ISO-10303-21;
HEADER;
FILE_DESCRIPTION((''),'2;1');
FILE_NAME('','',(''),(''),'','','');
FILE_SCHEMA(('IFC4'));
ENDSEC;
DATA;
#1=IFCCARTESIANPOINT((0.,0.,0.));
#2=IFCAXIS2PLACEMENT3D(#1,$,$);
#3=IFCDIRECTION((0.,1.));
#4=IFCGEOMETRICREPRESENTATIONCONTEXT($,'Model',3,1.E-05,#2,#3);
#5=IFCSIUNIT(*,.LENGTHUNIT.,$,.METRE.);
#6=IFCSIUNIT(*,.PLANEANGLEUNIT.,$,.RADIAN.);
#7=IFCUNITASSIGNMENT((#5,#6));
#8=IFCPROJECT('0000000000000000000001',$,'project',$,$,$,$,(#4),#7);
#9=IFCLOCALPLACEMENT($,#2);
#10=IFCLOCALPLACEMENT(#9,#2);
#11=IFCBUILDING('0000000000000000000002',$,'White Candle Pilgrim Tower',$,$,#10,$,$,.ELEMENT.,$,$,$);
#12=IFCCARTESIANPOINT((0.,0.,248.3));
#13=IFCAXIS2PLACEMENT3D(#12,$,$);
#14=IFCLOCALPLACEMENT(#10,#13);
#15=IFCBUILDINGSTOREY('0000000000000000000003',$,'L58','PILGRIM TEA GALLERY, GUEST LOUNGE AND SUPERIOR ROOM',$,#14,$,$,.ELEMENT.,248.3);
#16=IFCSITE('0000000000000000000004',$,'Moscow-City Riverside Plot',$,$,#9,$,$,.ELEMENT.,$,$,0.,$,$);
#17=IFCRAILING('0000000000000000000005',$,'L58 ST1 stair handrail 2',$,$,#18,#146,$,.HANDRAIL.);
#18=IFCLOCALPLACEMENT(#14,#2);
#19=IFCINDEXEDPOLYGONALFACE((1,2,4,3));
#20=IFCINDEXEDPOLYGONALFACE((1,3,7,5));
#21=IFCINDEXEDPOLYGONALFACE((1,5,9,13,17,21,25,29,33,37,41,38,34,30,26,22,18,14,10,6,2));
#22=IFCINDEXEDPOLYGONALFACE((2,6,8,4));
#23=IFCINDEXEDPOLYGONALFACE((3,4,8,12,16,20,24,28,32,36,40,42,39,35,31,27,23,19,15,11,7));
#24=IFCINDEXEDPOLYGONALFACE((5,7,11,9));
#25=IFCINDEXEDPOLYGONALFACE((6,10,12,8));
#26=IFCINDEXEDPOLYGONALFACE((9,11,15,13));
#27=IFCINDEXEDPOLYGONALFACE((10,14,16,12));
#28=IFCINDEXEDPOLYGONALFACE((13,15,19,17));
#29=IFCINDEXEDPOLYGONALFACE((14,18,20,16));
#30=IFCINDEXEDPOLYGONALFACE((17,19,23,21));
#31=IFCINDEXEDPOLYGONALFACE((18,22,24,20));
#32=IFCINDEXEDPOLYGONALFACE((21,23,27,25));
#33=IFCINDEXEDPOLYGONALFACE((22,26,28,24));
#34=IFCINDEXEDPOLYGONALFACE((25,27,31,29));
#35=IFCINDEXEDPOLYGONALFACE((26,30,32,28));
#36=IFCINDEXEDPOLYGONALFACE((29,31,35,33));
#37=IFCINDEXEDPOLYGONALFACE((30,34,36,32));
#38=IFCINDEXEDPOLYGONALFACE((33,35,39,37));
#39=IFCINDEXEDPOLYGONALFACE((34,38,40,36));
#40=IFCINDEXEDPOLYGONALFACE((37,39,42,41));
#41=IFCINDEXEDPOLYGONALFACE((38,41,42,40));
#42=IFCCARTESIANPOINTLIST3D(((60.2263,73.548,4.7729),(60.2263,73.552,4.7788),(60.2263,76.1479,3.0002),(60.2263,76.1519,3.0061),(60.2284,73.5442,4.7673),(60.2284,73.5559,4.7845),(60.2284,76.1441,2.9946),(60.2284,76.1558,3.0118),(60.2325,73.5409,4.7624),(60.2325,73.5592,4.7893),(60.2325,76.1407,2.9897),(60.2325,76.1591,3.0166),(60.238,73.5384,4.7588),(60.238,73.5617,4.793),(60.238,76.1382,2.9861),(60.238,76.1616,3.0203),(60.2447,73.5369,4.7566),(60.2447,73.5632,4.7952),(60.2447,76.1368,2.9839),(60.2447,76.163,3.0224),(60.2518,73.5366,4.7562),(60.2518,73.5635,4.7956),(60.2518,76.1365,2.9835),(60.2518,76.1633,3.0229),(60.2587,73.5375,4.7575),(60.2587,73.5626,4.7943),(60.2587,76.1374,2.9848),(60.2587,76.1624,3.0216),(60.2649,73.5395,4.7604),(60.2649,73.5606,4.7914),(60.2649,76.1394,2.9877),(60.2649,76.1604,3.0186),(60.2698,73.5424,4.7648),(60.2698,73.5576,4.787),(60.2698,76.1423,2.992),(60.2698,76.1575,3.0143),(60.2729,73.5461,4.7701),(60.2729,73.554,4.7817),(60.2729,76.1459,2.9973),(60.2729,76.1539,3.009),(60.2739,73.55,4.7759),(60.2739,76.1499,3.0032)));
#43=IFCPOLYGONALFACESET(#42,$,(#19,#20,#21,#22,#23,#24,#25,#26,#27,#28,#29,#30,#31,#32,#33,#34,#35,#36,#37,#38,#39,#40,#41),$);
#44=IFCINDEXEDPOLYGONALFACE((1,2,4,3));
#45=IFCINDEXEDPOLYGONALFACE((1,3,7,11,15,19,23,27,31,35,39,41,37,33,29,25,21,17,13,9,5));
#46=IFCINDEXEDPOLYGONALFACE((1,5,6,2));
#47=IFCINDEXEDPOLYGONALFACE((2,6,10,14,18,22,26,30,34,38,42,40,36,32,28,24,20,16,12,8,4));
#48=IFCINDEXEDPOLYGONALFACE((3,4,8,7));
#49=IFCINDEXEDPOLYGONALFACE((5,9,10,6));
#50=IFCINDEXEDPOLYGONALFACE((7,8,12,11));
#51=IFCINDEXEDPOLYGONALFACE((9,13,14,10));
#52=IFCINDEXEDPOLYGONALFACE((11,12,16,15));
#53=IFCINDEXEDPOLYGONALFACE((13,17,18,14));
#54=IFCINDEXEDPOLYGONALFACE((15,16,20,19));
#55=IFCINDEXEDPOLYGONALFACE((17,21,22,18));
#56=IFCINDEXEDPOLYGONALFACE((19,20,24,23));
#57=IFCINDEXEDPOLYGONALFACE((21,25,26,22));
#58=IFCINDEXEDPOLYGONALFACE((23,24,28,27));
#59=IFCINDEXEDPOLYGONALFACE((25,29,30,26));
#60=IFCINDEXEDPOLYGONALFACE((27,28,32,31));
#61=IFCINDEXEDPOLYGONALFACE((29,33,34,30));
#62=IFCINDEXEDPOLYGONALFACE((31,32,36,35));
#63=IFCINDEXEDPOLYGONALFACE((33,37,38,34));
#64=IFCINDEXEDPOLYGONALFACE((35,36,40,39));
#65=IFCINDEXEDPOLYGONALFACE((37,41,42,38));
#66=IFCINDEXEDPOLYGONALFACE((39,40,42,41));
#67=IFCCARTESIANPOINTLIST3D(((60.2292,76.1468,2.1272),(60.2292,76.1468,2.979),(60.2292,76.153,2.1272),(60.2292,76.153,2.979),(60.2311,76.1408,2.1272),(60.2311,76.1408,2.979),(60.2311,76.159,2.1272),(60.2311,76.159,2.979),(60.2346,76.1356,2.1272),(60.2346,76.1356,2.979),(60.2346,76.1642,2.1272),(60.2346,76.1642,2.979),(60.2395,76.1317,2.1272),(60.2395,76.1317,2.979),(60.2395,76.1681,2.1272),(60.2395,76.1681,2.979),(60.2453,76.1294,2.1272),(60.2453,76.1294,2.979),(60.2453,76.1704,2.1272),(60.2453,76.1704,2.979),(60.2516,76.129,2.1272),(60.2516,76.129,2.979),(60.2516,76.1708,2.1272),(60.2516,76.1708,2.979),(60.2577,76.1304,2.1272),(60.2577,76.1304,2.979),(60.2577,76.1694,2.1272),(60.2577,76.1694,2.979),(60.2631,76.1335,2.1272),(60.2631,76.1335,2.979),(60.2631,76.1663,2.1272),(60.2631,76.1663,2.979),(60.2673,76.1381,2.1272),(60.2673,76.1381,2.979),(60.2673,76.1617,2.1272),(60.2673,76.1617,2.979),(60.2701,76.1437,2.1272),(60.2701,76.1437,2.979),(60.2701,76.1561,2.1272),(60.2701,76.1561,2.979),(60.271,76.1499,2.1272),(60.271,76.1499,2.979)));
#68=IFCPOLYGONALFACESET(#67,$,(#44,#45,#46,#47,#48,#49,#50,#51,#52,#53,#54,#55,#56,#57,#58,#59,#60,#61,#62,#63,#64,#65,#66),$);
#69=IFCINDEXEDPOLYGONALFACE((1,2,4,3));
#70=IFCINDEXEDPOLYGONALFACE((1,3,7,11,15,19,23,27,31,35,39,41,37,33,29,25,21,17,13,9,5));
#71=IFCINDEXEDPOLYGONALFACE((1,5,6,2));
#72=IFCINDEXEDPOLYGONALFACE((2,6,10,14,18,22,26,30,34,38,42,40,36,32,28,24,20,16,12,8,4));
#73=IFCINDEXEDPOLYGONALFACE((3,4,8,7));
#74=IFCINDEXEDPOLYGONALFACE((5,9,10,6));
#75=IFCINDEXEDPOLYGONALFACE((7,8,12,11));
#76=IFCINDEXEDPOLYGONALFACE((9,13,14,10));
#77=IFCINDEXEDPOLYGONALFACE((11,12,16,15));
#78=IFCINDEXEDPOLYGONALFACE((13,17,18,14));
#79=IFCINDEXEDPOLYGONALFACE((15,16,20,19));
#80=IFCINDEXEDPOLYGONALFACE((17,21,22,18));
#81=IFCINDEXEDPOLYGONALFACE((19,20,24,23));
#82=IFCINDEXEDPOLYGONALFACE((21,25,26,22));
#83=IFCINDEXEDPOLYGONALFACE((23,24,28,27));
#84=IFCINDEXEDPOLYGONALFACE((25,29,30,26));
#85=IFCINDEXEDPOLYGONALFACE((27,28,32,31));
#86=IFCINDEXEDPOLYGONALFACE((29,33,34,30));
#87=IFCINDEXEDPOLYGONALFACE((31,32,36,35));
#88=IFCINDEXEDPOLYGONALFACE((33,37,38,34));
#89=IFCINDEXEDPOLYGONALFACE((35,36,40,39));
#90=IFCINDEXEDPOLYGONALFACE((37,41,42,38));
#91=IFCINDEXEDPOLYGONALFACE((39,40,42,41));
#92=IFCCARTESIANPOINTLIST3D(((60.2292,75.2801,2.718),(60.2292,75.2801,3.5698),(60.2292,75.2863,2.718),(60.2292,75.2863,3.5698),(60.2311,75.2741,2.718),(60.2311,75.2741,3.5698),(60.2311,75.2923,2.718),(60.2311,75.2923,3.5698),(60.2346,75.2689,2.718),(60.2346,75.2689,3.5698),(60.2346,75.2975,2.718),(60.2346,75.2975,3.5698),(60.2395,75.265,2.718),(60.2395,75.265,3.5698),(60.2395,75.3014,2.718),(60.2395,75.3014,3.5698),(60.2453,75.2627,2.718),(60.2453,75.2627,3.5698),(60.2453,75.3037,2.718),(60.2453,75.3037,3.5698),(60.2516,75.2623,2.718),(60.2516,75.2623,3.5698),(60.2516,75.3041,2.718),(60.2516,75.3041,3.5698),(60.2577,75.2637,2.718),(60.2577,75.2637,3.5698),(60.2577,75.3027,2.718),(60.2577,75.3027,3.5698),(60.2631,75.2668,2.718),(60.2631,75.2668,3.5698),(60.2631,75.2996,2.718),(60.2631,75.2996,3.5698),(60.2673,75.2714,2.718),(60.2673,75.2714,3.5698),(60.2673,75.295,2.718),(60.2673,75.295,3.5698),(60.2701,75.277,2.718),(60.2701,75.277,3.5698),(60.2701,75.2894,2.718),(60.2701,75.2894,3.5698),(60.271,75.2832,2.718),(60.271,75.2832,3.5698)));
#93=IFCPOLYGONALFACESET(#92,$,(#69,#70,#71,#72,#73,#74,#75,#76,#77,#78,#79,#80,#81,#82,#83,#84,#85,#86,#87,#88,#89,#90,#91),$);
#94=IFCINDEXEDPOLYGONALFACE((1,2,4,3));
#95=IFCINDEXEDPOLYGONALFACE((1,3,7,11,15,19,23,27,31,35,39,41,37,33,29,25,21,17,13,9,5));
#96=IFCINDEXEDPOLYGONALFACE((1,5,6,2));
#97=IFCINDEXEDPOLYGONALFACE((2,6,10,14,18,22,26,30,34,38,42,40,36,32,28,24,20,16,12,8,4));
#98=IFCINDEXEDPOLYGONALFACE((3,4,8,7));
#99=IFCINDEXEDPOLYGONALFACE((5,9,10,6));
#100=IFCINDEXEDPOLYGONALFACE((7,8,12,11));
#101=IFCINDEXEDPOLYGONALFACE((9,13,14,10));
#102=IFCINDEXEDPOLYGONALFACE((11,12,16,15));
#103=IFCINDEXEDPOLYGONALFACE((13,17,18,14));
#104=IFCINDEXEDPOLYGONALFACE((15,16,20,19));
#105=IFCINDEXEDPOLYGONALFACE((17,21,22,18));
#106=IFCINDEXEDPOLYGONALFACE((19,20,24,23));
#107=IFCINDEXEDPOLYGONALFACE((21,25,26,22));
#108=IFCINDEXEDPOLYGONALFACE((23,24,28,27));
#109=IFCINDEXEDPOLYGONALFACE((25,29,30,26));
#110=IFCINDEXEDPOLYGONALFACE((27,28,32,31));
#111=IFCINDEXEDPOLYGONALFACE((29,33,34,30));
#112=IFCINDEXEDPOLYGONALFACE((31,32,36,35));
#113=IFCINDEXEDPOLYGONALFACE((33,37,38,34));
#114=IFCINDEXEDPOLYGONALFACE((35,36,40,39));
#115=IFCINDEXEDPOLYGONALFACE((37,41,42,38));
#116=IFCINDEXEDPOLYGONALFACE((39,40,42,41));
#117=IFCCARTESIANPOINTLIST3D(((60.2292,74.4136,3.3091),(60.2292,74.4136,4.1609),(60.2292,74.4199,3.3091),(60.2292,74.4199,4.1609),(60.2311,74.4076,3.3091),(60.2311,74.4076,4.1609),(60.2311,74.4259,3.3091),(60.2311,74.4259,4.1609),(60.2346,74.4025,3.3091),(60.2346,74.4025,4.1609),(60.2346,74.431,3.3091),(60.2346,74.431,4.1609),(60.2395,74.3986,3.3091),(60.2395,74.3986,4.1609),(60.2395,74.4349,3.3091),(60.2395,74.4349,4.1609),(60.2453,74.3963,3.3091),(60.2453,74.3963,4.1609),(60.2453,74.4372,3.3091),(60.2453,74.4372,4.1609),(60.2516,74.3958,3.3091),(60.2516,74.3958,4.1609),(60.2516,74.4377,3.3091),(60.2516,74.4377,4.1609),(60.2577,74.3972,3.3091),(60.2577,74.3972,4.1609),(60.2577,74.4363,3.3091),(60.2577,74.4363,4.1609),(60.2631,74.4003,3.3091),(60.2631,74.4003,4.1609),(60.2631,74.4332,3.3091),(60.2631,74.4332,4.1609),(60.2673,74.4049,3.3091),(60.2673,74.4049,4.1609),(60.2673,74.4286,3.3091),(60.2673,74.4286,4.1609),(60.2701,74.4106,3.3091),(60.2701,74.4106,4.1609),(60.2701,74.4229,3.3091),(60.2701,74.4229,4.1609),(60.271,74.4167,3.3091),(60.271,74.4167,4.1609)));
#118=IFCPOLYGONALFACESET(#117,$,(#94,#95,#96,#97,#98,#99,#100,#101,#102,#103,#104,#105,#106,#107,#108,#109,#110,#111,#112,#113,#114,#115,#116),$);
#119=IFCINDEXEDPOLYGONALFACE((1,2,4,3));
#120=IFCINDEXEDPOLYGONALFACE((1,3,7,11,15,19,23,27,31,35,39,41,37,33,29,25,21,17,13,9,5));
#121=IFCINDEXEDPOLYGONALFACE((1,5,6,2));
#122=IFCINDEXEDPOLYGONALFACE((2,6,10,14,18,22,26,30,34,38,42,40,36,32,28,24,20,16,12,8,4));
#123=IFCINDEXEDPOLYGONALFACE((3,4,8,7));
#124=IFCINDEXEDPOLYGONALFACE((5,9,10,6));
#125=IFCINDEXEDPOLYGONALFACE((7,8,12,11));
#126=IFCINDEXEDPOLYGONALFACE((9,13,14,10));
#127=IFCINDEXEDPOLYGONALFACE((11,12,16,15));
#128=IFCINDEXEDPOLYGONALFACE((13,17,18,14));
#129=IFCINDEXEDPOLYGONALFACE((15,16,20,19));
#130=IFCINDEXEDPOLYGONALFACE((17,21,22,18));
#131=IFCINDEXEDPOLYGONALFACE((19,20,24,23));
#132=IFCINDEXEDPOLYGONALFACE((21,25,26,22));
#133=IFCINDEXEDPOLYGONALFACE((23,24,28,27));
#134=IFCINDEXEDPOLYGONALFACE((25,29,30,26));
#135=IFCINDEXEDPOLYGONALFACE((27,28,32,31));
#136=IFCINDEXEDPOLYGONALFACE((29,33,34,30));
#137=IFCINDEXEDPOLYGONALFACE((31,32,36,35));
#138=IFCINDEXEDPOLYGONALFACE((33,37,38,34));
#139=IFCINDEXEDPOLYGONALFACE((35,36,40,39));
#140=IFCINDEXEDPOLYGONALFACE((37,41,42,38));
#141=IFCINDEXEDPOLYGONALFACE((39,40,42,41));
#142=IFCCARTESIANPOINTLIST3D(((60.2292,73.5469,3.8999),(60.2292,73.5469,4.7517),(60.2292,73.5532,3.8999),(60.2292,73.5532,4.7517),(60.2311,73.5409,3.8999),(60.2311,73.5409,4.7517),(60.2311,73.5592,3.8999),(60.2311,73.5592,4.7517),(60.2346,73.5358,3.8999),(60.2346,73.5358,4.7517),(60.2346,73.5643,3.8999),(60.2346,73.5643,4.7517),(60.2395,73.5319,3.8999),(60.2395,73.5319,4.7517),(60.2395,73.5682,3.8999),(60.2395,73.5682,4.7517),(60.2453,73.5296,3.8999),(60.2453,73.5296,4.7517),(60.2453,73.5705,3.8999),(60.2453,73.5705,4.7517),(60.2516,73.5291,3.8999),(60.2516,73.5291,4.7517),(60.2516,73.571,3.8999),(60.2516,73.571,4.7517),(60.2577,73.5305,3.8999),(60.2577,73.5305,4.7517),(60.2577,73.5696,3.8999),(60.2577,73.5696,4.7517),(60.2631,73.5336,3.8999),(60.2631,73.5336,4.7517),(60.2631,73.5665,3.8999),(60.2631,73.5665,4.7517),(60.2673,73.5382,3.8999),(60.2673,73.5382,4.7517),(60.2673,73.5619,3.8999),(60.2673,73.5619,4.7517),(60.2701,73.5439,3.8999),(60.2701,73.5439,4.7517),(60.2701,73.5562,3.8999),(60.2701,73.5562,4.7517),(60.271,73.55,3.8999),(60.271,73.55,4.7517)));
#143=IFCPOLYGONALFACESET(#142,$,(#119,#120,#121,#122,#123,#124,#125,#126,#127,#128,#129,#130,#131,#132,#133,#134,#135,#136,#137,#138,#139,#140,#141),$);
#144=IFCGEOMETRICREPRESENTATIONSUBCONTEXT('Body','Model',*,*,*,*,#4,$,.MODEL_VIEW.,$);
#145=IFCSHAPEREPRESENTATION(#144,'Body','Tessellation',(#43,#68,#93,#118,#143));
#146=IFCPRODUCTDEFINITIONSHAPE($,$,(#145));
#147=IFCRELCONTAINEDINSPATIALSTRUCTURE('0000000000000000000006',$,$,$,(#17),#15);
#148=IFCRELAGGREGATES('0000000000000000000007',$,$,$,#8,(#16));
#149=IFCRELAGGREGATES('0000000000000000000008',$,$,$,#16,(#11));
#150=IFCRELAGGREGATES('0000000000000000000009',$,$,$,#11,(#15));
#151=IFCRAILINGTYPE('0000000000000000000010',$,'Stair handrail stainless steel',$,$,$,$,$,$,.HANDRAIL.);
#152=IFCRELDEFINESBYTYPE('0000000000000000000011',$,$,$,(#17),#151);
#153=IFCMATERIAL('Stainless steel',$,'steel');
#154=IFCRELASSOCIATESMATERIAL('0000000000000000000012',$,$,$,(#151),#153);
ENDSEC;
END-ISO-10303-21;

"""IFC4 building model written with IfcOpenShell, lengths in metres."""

from ifc_helpers import new_model, si_unit, direction, frame, origin, origin_2d, place, context, subcontext, project, spatial, circle, extrude, material, type_object, element, save


model = new_model("IFC4")

# Units and contexts
model_context = context("Model", 3, precision=1e-05, world=origin(), true_north=direction((0.0, 1.0)))
body_context = subcontext(model_context, "Body", "Model", "MODEL_VIEW")
ifc_project = project(units=[si_unit("LENGTHUNIT", "METRE"), si_unit("PLANEANGLEUNIT", "RADIAN")], contexts=[model_context])

# Site, building, storey
site_placement = place(None, origin())
site = spatial("IfcSite", under=ifc_project, at=site_placement, Name="Moscow-City Riverside Plot", CompositionType="ELEMENT", RefElevation=0.0)
building_placement = place(site_placement, origin())
building = spatial("IfcBuilding", under=site, at=building_placement, Name="White Candle Pilgrim Tower", CompositionType="ELEMENT")
storey_placement = place(building_placement, frame((0.0, 0.0, 248.3)))
storey = spatial("IfcBuildingStorey", under=building, at=storey_placement, Name="L58", Description="PILGRIM TEA GALLERY, GUEST LOUNGE AND SUPERIOR ROOM", CompositionType="ELEMENT", Elevation=248.3)

# Shared definitions
ifc_material_1 = material(Name="Stainless steel", Category="steel")

# Railing
railing_type_1 = type_object("IfcRailingType", Name="Stair handrail stainless steel", PredefinedType="HANDRAIL", material=ifc_material_1)
railing_1_placement = place(storey_placement, frame((60.25, 76.1499, 2.1272)))
element("IfcRailing", 1, at=railing_1_placement, inside=storey, type_object=railing_type_1, Name="L58 ST1 stair handrail 2", PredefinedType="HANDRAIL", context=body_context, shape_type="SweptSolid", body=[
    extrude(circle(Radius=0.0239, at=origin_2d()), frame((0.0, 0.0, 0.876), z_axis=(0.0, -0.826216, 0.563354), x_axis=(1.0, 0.0, 0.0)), (0.0, 0.0, 1.0), 3.1467),
    extrude(circle(Radius=0.021, at=origin_2d()), origin(), (0.0, 0.0, 1.0), 0.8518),
    extrude(circle(Radius=0.021, at=origin_2d()), frame((0.0, -0.8667, 0.5908)), (0.0, 0.0, 1.0), 0.8518),
    extrude(circle(Radius=0.021, at=origin_2d()), frame((0.0, -1.7332, 1.1819)), (0.0, 0.0, 1.0), 0.8518),
    extrude(circle(Radius=0.021, at=origin_2d()), frame((0.0, -2.5999, 1.7727)), (0.0, 0.0, 1.0), 0.8518),
])

save(model, "model.ifc")
